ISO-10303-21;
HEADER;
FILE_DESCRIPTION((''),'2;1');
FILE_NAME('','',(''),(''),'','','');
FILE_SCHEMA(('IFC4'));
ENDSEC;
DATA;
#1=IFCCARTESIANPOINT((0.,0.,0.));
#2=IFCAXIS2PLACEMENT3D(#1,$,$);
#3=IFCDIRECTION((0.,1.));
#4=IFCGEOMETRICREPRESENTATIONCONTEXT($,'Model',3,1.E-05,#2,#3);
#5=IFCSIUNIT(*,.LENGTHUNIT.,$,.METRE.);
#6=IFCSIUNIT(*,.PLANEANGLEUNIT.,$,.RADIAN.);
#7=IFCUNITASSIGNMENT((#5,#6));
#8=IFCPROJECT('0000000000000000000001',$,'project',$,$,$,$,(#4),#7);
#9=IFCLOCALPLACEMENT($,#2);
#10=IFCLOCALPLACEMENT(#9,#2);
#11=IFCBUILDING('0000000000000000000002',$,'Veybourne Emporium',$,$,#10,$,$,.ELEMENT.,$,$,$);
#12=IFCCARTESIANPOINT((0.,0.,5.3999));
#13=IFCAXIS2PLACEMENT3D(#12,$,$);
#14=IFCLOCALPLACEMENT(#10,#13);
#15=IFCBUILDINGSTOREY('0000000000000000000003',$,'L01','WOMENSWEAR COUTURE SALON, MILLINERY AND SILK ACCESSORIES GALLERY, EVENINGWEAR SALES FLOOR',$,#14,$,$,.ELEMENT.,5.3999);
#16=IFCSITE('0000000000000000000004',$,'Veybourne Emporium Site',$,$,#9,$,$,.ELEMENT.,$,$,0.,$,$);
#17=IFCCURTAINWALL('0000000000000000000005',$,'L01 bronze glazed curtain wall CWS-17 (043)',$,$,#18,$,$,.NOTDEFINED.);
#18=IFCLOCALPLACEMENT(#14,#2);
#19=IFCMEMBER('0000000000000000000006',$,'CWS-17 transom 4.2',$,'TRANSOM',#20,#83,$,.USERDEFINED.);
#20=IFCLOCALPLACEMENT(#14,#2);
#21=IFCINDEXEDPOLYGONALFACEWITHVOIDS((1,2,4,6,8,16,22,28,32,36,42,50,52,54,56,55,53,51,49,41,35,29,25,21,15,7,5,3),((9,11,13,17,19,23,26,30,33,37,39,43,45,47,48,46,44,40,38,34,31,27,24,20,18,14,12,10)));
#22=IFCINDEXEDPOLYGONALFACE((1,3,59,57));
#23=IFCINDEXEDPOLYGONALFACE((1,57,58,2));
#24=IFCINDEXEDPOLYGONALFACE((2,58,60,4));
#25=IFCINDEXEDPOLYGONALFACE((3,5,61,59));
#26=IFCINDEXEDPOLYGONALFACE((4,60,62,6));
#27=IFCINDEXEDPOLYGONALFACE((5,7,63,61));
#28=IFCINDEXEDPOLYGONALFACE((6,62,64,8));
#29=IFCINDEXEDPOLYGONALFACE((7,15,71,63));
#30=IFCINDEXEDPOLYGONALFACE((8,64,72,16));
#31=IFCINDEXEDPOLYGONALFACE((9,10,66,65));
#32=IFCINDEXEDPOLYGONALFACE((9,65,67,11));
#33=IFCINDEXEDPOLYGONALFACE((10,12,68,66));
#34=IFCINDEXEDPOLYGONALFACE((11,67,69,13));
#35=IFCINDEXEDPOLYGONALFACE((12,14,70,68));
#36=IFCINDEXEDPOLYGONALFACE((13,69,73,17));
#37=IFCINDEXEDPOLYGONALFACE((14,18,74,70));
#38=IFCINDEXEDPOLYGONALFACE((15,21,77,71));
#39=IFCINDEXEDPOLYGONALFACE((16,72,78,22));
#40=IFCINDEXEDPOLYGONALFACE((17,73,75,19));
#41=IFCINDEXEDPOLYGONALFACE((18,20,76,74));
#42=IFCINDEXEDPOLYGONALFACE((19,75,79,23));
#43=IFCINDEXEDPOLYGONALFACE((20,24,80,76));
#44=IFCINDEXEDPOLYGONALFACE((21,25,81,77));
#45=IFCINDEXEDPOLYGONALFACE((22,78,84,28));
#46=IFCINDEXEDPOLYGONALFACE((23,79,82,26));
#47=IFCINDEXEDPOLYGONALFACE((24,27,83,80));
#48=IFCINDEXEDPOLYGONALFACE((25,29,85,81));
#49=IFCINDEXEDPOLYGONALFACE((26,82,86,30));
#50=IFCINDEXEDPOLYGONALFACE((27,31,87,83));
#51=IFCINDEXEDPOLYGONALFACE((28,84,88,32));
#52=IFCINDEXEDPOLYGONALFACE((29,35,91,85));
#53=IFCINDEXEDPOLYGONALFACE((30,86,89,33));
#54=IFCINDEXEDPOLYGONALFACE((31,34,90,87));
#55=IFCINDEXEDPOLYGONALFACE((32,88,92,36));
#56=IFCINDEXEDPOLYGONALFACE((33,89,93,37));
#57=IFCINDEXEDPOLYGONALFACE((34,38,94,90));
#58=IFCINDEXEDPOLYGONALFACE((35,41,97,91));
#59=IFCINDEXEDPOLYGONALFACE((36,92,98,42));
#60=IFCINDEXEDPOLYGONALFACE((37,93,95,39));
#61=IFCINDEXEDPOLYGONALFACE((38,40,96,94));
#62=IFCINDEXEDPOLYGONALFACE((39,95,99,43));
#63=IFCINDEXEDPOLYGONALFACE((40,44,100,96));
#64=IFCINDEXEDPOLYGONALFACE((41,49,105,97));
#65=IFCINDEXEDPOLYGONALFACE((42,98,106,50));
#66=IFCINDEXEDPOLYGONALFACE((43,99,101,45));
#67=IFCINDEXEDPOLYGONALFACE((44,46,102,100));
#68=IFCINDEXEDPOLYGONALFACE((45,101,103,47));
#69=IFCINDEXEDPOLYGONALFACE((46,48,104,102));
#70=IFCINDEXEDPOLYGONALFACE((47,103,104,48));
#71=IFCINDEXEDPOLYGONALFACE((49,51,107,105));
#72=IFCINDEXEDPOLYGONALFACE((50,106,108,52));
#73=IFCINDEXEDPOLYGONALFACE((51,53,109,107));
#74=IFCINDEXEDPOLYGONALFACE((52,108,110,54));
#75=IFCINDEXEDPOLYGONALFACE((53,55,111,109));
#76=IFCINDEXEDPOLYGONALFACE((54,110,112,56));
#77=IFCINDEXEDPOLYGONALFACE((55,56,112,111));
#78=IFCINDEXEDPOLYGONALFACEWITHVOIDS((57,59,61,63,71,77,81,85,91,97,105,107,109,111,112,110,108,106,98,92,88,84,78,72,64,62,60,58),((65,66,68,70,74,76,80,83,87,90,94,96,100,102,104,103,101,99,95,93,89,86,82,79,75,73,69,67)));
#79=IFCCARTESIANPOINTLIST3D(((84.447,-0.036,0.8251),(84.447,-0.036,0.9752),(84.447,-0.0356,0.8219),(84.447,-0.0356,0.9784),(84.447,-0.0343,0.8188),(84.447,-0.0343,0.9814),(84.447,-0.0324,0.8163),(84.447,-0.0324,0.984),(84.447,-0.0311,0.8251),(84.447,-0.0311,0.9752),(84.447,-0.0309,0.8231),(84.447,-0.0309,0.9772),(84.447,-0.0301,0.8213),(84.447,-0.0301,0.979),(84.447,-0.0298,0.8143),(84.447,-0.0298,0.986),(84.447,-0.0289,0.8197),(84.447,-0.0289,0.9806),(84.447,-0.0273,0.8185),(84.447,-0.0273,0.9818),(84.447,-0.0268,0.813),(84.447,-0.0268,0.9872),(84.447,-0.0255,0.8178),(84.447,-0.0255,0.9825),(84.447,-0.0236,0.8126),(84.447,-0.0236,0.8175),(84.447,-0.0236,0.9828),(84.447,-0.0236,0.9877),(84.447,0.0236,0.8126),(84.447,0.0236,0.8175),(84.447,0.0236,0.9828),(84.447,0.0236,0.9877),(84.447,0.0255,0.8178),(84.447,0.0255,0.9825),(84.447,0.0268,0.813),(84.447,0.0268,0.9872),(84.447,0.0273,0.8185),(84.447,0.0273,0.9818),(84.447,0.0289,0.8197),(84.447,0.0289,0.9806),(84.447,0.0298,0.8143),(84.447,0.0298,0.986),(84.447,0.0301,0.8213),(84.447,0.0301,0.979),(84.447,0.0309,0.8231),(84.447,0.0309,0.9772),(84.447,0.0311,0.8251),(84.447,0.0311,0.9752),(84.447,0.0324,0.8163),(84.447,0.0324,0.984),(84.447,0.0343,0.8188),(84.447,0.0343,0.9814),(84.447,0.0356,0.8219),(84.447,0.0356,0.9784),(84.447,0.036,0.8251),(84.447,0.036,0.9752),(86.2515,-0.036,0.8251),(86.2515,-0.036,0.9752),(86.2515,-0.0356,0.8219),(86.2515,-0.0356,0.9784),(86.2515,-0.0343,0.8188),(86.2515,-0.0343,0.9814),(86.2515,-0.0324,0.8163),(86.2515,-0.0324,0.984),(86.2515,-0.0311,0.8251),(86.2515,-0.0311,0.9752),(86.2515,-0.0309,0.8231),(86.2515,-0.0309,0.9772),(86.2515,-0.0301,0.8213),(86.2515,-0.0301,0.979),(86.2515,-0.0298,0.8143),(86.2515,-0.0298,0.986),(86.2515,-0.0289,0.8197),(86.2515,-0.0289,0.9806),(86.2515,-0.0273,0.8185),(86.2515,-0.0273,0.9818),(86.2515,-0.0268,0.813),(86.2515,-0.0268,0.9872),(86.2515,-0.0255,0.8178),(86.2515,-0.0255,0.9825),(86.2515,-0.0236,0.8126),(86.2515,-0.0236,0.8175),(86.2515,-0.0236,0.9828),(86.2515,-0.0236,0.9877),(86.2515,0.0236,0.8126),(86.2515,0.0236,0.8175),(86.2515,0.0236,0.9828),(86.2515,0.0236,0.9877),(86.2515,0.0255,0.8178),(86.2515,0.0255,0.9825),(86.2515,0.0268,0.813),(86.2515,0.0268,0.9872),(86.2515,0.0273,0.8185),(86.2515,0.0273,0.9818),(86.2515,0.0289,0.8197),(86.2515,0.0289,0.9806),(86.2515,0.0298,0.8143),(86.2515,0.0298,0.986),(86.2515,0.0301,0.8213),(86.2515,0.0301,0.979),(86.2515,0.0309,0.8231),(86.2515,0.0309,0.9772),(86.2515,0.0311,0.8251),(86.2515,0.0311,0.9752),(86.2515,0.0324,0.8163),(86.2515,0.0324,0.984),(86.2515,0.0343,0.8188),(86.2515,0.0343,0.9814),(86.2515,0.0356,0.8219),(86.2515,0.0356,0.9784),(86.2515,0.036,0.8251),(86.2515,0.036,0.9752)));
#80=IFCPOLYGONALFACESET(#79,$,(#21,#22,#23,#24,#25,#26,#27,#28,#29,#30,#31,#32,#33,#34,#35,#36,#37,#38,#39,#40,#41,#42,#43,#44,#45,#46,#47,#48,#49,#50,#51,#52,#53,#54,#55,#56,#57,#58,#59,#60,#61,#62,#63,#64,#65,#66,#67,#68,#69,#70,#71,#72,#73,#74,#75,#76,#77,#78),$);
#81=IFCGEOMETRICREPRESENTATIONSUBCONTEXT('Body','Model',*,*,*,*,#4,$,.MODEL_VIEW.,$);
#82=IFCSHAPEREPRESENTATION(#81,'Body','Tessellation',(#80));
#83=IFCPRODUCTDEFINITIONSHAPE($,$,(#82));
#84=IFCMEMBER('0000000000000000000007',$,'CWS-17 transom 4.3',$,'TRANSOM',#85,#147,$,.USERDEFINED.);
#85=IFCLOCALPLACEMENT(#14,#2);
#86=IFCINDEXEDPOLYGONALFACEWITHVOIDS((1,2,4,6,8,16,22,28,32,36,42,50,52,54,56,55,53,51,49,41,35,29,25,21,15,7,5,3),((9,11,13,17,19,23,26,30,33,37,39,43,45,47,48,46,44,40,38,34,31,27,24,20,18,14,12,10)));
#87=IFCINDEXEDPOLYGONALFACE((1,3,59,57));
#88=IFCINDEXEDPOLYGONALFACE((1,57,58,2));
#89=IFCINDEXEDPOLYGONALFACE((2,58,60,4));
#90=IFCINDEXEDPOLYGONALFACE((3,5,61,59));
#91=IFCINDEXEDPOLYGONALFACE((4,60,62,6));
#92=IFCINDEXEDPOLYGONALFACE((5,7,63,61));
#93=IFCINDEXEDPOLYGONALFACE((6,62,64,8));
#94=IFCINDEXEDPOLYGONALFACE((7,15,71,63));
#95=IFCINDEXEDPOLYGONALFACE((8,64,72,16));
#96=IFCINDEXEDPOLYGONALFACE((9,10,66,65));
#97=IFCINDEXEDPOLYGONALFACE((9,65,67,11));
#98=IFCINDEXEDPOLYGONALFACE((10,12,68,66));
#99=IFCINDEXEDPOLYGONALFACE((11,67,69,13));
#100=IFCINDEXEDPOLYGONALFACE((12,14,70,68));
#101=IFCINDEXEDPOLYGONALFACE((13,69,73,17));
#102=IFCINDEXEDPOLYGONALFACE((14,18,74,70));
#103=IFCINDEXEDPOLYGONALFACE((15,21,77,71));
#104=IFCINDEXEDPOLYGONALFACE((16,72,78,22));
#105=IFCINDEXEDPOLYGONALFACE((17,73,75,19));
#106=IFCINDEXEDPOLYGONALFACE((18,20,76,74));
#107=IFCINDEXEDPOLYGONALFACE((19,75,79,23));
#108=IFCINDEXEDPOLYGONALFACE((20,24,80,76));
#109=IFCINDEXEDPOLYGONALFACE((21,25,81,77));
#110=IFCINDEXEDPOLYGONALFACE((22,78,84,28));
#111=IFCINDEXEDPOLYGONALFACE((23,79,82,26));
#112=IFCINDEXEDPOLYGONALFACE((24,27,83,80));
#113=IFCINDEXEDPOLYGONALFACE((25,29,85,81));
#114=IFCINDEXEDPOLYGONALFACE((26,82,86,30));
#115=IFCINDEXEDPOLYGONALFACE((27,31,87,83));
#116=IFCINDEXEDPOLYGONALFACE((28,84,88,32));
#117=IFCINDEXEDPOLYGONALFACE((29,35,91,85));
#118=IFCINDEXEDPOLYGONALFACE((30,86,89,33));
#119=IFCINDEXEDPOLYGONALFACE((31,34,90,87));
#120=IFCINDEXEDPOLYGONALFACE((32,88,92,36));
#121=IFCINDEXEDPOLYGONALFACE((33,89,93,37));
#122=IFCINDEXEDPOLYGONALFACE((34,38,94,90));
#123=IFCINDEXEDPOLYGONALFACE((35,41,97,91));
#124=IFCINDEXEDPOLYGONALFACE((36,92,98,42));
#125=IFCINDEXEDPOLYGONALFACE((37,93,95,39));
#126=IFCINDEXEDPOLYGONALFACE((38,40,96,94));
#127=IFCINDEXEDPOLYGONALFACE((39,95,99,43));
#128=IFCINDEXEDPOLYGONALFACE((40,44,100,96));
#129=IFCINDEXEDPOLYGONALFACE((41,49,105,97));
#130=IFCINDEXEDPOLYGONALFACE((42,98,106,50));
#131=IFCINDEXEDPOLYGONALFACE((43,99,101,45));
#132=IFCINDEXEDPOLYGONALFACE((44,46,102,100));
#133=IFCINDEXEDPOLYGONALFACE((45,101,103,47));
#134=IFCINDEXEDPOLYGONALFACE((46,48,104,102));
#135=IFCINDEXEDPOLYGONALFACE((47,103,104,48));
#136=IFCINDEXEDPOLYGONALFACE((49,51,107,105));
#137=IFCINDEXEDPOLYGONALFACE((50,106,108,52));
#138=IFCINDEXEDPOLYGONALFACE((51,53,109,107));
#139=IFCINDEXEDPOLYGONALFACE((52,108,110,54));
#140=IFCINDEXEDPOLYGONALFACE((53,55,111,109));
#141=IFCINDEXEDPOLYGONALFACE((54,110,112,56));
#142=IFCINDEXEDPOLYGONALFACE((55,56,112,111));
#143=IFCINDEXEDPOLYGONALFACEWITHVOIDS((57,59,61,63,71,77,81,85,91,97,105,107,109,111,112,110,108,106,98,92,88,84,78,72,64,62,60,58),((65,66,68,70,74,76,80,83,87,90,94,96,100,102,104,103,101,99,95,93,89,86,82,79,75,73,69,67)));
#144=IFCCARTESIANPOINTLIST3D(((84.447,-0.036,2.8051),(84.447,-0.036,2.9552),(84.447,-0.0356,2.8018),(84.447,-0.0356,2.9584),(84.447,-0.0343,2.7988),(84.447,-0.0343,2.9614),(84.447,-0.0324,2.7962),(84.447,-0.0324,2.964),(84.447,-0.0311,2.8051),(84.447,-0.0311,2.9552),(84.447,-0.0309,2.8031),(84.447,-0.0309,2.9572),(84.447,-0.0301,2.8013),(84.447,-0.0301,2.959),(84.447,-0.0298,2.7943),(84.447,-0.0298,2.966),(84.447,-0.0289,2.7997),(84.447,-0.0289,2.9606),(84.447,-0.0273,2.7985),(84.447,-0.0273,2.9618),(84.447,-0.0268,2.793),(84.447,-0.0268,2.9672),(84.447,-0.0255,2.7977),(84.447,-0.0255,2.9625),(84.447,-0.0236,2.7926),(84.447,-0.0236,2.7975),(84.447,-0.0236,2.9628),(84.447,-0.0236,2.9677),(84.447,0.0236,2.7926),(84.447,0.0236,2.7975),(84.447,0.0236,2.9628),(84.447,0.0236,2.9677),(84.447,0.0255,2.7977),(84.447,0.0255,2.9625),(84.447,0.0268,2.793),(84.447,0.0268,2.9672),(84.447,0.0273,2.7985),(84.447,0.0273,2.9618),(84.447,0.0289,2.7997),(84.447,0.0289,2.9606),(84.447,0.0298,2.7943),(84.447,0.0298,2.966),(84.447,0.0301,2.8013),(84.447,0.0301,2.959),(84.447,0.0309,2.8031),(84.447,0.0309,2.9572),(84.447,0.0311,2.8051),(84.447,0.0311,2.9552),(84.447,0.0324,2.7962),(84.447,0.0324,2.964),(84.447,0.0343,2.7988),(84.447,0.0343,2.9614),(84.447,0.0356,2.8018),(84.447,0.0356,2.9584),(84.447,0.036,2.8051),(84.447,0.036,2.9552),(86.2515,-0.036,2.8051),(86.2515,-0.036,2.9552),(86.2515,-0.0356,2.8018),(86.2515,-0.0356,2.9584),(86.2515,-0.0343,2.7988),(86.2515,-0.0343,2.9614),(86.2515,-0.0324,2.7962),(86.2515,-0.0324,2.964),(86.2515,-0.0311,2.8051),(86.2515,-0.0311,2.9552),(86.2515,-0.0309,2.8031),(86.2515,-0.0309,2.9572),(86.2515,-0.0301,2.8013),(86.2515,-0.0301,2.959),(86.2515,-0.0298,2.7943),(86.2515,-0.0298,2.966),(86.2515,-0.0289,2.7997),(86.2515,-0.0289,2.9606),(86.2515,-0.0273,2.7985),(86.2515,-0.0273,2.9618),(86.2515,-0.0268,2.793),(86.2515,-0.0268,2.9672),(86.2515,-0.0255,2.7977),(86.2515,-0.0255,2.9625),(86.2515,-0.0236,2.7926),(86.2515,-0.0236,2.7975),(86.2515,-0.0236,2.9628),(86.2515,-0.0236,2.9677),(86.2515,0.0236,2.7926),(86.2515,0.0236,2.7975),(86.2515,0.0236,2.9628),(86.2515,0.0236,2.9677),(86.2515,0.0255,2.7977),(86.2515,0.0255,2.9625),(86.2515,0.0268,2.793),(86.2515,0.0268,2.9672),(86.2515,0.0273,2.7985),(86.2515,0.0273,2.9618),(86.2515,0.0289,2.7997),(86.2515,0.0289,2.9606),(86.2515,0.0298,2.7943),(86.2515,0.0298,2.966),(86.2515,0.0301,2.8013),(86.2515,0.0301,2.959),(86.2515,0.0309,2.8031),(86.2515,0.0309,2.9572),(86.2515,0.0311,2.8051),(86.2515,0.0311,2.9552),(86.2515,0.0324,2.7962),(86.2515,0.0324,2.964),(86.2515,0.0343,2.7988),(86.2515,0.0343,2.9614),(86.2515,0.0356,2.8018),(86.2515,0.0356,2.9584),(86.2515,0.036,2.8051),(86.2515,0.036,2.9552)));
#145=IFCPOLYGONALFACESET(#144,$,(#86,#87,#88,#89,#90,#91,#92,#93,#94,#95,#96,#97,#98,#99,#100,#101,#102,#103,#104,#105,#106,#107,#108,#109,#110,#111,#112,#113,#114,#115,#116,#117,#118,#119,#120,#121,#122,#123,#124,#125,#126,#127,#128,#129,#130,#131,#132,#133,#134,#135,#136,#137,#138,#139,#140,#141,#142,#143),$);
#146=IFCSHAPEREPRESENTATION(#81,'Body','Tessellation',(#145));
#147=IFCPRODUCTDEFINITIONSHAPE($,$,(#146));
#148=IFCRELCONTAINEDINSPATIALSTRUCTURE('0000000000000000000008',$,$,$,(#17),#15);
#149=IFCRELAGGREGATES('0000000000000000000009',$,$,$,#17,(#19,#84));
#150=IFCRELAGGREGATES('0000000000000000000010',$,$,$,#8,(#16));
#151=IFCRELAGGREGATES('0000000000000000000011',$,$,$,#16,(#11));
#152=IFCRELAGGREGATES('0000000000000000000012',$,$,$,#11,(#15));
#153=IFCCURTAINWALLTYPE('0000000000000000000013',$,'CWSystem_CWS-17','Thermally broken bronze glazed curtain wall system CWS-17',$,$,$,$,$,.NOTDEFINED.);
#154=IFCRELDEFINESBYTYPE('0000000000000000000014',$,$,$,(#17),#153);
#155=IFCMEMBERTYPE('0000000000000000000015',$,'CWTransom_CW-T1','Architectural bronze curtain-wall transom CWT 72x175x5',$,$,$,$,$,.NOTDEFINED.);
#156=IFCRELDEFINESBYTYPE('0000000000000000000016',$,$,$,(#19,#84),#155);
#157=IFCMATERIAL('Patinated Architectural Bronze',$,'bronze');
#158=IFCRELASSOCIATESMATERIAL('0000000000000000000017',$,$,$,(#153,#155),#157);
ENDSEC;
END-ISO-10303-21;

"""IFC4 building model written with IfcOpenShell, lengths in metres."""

from ifc_helpers import new_model, si_unit, direction, frame, origin, origin_2d, place, context, subcontext, project, spatial, hollow_rectangle, extrude, material, material_profile, profile_set, type_object, element, aggregate, save


model = new_model("IFC4")

# Units and contexts
model_context = context("Model", 3, precision=1e-05, world=origin(), true_north=direction((0.0, 1.0)))
body_context = subcontext(model_context, "Body", "Model", "MODEL_VIEW")
ifc_project = project(units=[si_unit("LENGTHUNIT", "METRE"), si_unit("PLANEANGLEUNIT", "RADIAN")], contexts=[model_context])

# Site, building, storey
site_placement = place(None, origin())
site = spatial("IfcSite", under=ifc_project, at=site_placement, Name="Veybourne Emporium Site", CompositionType="ELEMENT", RefElevation=0.0)
building_placement = place(site_placement, origin())
building = spatial("IfcBuilding", under=site, at=building_placement, Name="Veybourne Emporium", CompositionType="ELEMENT")
storey_placement = place(building_placement, frame((0.0, 0.0, 5.3999)))
storey = spatial("IfcBuildingStorey", under=building, at=storey_placement, Name="L01", Description="WOMENSWEAR COUTURE SALON, MILLINERY AND SILK ACCESSORIES GALLERY, EVENINGWEAR SALES FLOOR", CompositionType="ELEMENT", Elevation=5.3999)

# Curtain wall, members
ifc_material_1 = material(Name="Patinated Architectural Bronze", Category="bronze")
curtain_wall_type = type_object("IfcCurtainWallType", Name="CWSystem_CWS-17", Description="Thermally broken bronze glazed curtain wall system CWS-17", PredefinedType="NOTDEFINED", material=ifc_material_1)
curtain_wall_placement = place(storey_placement, origin())
curtain_wall = element("IfcCurtainWall", 1, at=curtain_wall_placement, inside=storey, type_object=curtain_wall_type, Name="L01 bronze glazed curtain wall CWS-17 (043)", PredefinedType="NOTDEFINED")
ifc_material_profile_1 = material_profile(ifc_material_1, hollow_rectangle(XDim=0.072, YDim=0.175, WallThickness=0.0049, InnerFilletRadius=0.0076, OuterFilletRadius=0.0125, at=origin_2d()), Name="CWT 72x175x5")
ifc_profile_set_1 = profile_set([ifc_material_profile_1], Name="Patinated Architectural Bronze")
member_type_1 = type_object("IfcMemberType", Name="CWTransom_CW-T1", Description="Architectural bronze curtain-wall transom CWT 72x175x5", PredefinedType="NOTDEFINED", material=ifc_profile_set_1)
member_1_placement = place(storey_placement, frame((86.2515, 0.0, 0.9001), z_axis=(-1.0, 0.0, 0.0), x_axis=(0.0, -1.0, 0.0)))
member_1 = element("IfcMember", 2, at=member_1_placement, type_object=member_type_1, Name="CWS-17 transom 4.2", ObjectType="TRANSOM", PredefinedType="USERDEFINED", context=body_context, shape_type="SweptSolid", body=[
    extrude(hollow_rectangle(XDim=0.072, YDim=0.175, WallThickness=0.0049, InnerFilletRadius=0.0076, OuterFilletRadius=0.0125, at=origin_2d()), origin(), (0.0, 0.0, 1.0), 1.8044),
])
member_2_placement = place(storey_placement, frame((86.2515, 0.0, 2.8801), z_axis=(-1.0, 0.0, 0.0), x_axis=(0.0, -1.0, 0.0)))
member_2 = element("IfcMember", 3, at=member_2_placement, type_object=member_type_1, Name="CWS-17 transom 4.3", ObjectType="TRANSOM", PredefinedType="USERDEFINED", context=body_context, shape_type="SweptSolid", body=[
    extrude(hollow_rectangle(XDim=0.072, YDim=0.175, WallThickness=0.0049, InnerFilletRadius=0.0076, OuterFilletRadius=0.0125, at=origin_2d()), origin(), (0.0, 0.0, 1.0), 1.8044),
])

aggregate(curtain_wall, [member_1, member_2])

save(model, "model.ifc")
